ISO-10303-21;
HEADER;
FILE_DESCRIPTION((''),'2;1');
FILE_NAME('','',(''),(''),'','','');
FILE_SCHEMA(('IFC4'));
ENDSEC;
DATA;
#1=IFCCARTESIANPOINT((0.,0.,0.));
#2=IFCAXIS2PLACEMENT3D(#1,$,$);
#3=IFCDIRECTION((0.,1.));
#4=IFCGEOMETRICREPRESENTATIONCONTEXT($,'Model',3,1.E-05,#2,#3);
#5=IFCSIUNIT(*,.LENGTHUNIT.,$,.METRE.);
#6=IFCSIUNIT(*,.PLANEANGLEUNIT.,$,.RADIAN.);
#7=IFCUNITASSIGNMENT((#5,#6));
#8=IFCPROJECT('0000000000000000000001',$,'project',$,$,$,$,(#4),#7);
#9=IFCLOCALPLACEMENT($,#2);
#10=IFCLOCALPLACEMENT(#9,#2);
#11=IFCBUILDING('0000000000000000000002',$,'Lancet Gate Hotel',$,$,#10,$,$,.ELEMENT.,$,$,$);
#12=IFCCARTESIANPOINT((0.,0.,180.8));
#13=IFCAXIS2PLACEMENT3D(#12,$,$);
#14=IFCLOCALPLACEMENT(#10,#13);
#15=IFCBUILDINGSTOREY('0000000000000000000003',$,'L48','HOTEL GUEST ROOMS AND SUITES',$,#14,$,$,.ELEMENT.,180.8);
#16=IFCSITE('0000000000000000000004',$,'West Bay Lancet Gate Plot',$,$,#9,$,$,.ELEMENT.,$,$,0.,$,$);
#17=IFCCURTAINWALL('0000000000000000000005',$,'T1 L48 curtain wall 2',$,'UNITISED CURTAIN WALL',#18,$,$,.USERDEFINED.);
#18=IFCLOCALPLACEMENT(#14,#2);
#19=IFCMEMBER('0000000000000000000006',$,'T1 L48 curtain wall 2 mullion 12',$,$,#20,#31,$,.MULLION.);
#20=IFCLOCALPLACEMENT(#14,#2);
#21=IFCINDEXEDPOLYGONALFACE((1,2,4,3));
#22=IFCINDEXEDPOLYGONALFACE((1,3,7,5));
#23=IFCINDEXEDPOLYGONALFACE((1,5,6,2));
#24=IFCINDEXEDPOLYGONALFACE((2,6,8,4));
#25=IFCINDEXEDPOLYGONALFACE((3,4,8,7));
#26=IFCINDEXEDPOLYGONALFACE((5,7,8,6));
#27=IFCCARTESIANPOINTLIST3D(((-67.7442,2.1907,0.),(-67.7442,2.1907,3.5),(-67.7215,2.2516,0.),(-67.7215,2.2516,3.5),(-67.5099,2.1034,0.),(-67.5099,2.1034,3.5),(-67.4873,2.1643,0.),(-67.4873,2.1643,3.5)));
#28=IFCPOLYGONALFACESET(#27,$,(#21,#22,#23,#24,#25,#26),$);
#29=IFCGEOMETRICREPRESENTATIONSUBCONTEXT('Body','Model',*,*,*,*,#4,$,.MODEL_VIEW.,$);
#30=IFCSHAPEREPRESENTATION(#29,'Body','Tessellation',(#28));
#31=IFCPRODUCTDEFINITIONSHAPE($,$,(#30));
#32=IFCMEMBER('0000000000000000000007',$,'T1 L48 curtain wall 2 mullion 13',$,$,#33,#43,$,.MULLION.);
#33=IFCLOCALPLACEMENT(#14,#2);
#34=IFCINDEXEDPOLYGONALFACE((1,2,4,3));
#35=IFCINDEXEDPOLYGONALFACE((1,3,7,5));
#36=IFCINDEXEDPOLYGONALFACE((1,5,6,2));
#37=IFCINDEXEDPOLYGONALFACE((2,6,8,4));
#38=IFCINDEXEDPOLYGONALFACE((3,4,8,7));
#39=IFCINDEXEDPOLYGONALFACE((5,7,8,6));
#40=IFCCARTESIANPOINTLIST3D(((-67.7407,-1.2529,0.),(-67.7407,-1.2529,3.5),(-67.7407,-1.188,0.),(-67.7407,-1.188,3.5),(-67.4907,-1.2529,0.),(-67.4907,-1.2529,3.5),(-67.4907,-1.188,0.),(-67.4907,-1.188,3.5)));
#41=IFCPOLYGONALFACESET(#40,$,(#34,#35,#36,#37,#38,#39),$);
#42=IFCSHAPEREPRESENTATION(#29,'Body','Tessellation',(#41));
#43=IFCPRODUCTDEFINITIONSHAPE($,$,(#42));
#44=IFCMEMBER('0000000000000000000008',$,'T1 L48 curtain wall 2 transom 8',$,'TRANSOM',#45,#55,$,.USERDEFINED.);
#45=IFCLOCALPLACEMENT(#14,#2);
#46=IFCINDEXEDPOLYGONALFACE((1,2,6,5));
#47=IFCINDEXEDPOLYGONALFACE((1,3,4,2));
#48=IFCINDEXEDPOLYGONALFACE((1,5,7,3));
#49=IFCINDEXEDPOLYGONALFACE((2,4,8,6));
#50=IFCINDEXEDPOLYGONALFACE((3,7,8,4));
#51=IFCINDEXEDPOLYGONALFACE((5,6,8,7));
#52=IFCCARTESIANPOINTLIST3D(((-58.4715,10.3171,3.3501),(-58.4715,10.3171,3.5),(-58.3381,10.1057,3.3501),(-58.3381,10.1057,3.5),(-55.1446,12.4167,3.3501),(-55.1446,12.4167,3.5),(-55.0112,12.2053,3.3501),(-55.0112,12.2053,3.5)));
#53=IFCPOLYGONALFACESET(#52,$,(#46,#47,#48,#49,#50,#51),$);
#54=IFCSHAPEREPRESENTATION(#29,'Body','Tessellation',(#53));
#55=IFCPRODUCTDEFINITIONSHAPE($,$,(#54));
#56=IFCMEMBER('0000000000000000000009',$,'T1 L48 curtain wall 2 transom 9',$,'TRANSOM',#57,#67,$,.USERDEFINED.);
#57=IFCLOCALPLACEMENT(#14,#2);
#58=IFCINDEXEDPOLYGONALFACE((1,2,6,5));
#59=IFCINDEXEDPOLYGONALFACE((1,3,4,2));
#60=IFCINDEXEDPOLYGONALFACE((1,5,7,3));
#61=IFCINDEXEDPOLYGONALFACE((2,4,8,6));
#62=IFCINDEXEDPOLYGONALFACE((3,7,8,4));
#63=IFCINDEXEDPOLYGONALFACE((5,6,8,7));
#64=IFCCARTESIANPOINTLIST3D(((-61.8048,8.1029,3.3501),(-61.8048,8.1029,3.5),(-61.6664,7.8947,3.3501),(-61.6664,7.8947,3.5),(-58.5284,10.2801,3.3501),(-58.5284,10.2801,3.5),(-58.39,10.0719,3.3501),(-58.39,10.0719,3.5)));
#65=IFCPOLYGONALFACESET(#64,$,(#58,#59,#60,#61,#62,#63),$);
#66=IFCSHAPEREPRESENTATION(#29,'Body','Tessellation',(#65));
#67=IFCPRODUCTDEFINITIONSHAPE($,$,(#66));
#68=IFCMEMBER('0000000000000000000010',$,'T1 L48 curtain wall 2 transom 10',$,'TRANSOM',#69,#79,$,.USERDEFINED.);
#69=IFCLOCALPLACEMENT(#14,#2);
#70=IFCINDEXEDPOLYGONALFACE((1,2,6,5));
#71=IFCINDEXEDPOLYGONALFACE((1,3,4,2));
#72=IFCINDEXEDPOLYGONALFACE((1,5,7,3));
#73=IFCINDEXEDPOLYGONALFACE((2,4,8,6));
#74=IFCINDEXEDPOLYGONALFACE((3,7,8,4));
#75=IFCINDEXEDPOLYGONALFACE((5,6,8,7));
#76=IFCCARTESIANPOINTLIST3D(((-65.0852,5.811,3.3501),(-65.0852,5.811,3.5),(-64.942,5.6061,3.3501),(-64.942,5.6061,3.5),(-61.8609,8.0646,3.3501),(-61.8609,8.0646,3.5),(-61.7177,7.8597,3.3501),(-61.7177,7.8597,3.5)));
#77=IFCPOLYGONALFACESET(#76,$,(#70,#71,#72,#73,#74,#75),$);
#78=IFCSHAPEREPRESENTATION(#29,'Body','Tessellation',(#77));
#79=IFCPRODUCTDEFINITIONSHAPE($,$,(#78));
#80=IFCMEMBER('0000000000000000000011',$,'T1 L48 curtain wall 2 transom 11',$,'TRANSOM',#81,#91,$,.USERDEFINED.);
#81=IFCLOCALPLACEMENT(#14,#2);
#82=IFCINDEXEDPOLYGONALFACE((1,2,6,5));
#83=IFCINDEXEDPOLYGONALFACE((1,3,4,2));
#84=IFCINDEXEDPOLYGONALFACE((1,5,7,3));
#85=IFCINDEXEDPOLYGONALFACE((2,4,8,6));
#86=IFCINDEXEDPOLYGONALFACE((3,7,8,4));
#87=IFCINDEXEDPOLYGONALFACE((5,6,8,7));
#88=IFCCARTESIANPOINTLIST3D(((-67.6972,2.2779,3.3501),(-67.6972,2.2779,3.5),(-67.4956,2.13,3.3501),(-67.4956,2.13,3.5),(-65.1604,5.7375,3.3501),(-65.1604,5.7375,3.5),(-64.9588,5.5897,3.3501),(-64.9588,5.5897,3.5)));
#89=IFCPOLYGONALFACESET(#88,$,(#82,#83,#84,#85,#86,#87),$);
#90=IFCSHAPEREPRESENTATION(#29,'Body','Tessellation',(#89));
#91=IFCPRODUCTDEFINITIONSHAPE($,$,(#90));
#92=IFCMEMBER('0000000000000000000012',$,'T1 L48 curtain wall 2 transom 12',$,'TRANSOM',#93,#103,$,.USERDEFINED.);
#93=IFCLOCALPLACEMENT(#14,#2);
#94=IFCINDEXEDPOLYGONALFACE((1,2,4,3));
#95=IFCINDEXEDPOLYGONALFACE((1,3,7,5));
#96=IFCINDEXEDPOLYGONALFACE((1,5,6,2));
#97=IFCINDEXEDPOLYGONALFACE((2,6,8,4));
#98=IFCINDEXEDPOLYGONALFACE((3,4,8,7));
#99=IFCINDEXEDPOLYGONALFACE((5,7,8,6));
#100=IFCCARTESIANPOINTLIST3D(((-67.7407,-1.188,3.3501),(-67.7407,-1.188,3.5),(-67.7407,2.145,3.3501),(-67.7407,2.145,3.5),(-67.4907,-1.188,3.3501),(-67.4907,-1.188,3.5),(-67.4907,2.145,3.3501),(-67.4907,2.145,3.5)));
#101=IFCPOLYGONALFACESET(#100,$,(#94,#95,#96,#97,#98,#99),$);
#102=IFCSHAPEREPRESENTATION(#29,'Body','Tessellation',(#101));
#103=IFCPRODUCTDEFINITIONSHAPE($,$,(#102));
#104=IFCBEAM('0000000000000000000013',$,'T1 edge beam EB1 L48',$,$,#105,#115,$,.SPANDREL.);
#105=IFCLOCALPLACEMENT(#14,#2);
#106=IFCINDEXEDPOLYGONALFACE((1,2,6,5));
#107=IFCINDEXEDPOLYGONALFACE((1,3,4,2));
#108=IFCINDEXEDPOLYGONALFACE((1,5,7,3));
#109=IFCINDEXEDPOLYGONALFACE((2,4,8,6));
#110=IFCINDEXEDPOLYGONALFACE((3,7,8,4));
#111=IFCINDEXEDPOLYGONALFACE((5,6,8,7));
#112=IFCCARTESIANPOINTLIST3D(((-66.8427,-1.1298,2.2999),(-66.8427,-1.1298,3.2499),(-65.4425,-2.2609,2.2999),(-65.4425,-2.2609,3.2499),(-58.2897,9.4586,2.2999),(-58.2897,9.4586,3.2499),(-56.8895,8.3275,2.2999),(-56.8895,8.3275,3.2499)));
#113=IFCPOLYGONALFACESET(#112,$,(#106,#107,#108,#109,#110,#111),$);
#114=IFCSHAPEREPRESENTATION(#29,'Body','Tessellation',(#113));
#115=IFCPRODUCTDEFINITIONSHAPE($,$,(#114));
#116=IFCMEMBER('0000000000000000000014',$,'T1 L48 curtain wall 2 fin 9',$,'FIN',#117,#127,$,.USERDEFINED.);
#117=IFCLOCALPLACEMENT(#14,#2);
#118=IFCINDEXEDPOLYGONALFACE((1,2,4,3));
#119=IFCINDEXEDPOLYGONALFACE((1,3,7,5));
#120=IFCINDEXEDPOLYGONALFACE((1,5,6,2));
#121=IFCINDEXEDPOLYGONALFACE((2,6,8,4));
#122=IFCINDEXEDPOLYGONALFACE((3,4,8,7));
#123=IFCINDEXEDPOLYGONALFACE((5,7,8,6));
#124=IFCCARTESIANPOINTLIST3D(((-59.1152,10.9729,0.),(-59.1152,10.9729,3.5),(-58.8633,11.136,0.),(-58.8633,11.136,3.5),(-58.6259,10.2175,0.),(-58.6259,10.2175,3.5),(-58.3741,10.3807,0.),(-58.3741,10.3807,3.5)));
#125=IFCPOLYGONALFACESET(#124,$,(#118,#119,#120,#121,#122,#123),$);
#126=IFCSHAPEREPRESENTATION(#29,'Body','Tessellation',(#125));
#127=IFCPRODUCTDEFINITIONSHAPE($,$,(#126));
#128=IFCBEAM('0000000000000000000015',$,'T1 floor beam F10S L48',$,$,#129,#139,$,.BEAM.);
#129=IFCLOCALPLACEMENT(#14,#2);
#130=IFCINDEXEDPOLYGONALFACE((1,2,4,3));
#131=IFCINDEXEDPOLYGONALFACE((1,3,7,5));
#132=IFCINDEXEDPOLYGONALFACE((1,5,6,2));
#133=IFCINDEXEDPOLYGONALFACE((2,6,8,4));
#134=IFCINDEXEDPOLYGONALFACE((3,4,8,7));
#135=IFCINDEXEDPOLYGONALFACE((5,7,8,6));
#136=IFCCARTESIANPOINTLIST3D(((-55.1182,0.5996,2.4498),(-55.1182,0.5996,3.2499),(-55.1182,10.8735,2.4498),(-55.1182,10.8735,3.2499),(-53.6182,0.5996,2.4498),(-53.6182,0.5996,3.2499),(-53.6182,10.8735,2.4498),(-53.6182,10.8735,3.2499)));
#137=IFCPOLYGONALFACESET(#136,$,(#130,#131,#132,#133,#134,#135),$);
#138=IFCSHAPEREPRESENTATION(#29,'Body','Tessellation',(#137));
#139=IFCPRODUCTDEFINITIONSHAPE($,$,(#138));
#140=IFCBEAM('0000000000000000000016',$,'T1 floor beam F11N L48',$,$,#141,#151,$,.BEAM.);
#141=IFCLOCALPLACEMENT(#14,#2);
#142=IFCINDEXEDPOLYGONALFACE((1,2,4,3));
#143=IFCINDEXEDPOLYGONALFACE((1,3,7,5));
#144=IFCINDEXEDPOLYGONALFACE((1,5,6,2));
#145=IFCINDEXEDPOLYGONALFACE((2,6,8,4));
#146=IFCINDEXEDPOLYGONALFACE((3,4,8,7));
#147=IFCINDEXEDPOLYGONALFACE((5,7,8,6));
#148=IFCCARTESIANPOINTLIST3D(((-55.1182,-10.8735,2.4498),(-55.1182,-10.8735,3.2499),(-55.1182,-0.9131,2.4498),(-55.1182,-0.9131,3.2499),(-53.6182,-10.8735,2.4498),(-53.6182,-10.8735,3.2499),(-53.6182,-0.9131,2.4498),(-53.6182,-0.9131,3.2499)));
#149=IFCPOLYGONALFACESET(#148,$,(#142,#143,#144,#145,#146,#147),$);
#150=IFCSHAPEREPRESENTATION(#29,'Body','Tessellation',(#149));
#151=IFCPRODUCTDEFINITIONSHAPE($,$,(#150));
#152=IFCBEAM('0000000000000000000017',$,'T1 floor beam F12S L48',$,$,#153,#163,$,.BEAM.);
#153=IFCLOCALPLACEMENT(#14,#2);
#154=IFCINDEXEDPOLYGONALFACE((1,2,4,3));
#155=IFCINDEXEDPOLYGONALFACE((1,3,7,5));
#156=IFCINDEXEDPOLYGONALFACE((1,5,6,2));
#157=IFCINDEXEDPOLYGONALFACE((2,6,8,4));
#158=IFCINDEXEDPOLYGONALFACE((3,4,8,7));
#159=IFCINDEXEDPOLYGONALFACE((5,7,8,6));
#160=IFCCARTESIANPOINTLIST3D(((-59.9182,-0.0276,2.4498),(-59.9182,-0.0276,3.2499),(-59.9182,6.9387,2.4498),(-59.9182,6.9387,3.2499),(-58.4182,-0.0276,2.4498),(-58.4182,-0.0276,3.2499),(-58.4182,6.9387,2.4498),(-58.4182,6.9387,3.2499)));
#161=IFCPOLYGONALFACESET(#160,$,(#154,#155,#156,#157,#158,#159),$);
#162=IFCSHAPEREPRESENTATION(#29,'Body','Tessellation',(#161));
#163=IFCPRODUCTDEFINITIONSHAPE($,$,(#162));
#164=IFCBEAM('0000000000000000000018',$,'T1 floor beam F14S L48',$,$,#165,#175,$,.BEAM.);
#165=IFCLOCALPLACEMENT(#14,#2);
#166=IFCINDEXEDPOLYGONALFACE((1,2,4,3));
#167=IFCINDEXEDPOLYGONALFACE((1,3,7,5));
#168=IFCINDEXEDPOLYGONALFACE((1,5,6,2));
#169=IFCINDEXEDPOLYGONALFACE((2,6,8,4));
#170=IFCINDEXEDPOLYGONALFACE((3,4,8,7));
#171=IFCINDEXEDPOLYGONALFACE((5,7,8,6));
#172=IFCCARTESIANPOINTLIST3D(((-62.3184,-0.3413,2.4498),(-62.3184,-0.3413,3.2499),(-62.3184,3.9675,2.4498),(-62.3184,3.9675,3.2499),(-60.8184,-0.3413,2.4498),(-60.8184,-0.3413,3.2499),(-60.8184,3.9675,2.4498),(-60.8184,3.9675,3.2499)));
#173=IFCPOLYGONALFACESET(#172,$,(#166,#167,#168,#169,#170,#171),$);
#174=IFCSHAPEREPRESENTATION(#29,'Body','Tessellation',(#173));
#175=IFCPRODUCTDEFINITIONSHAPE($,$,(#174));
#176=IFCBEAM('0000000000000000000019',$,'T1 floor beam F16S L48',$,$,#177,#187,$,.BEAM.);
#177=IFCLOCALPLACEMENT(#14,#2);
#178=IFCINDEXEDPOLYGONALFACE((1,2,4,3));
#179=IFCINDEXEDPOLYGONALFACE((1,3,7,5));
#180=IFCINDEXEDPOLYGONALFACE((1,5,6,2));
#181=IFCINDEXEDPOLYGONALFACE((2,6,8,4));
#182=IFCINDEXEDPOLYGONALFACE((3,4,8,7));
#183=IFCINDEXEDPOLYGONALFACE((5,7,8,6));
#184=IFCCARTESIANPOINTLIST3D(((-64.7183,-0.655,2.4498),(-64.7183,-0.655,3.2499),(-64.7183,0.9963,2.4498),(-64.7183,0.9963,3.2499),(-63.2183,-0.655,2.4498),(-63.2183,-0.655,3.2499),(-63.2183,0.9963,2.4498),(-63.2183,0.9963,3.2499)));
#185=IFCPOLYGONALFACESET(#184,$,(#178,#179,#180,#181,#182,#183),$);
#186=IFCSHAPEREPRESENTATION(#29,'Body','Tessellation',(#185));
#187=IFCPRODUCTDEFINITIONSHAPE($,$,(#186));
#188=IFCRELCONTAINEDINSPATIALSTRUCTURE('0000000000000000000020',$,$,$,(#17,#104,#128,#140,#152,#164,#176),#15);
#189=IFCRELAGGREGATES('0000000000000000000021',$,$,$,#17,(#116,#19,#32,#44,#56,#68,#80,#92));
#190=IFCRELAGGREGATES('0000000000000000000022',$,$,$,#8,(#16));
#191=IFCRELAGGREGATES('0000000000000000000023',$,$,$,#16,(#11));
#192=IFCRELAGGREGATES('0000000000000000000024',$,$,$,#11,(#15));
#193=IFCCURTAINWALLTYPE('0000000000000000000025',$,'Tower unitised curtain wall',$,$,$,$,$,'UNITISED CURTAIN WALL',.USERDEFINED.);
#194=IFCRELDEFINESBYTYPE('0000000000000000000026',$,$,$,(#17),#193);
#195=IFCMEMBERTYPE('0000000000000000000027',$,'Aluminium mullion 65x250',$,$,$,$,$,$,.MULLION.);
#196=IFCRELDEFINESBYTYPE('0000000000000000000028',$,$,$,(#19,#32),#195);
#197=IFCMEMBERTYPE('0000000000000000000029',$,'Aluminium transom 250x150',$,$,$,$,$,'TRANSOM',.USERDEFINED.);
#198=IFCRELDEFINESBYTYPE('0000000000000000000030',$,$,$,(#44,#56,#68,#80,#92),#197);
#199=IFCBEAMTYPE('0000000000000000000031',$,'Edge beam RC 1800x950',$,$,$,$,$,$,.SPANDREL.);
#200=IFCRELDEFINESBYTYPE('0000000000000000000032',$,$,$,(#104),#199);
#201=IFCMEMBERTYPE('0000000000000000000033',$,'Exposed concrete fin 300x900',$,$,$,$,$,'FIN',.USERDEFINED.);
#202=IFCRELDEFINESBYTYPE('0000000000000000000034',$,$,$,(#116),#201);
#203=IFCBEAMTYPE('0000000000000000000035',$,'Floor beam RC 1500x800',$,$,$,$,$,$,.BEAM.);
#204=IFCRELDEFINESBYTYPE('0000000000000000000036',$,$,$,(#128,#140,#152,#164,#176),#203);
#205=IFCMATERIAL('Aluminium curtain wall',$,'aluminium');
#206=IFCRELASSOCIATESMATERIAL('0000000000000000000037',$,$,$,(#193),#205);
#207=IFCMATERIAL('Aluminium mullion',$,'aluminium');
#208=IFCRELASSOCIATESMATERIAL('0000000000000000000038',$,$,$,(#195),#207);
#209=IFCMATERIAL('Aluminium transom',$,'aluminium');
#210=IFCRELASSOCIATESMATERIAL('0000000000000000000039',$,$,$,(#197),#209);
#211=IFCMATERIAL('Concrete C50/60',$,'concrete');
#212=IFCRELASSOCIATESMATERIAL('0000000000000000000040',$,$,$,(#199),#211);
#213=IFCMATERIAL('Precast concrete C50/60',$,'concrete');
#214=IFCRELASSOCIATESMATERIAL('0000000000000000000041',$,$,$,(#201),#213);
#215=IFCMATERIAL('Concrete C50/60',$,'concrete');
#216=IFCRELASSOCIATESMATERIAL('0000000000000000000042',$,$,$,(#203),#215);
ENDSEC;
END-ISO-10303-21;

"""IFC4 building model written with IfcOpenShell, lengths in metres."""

from ifc_helpers import new_model, si_unit, direction, frame, origin, origin_2d, place, context, subcontext, project, spatial, rectangle, extrude, material, material_profile, profile_set, type_object, element, aggregate, save


model = new_model("IFC4")

# Units and contexts
model_context = context("Model", 3, precision=1e-05, world=origin(), true_north=direction((0.0, 1.0)))
body_context = subcontext(model_context, "Body", "Model", "MODEL_VIEW")
ifc_project = project(units=[si_unit("LENGTHUNIT", "METRE"), si_unit("PLANEANGLEUNIT", "RADIAN")], contexts=[model_context])

# Site, building, storey
site_placement = place(None, origin())
site = spatial("IfcSite", under=ifc_project, at=site_placement, Name="West Bay Lancet Gate Plot", CompositionType="ELEMENT", RefElevation=0.0)
building_placement = place(site_placement, origin())
building = spatial("IfcBuilding", under=site, at=building_placement, Name="Lancet Gate Hotel", CompositionType="ELEMENT")
storey_placement = place(building_placement, frame((0.0, 0.0, 180.8)))
storey = spatial("IfcBuildingStorey", under=building, at=storey_placement, Name="L48", Description="HOTEL GUEST ROOMS AND SUITES", CompositionType="ELEMENT", Elevation=180.8)

# Curtain wall, members
ifc_material_1 = material(Name="Aluminium curtain wall", Category="aluminium")
curtain_wall_type = type_object("IfcCurtainWallType", Name="Tower unitised curtain wall", ElementType="UNITISED CURTAIN WALL", PredefinedType="USERDEFINED", material=ifc_material_1)
curtain_wall_placement = place(storey_placement, origin())
curtain_wall = element("IfcCurtainWall", 1, at=curtain_wall_placement, inside=storey, type_object=curtain_wall_type, Name="T1 L48 curtain wall 2", ObjectType="UNITISED CURTAIN WALL", PredefinedType="USERDEFINED")
ifc_material_2 = material(Name="Aluminium mullion", Category="aluminium")
ifc_material_profile_1 = material_profile(ifc_material_2, rectangle(XDim=0.0649, YDim=0.25, at=origin_2d()), Name="MULLION 65x250")
ifc_profile_set_1 = profile_set([ifc_material_profile_1], Name="Aluminium mullion")
member_type_1 = type_object("IfcMemberType", Name="Aluminium mullion 65x250", PredefinedType="MULLION", material=ifc_profile_set_1)
member_1_placement = place(storey_placement, frame((-67.6157, 2.1775, 0.0), z_axis=(0.0, 0.0, 1.0), x_axis=(-0.349199, -0.937048, 0.0)))
member_1 = element("IfcMember", 2, at=member_1_placement, type_object=member_type_1, Name="T1 L48 curtain wall 2 mullion 12", PredefinedType="MULLION", context=body_context, shape_type="SweptSolid", body=[
    extrude(rectangle(XDim=0.0649, YDim=0.25, at=origin_2d()), origin(), (0.0, 0.0, 1.0), 3.5),
])
member_2_placement = place(storey_placement, frame((-67.6157, -1.2205, 0.0), z_axis=(0.0, 0.0, 1.0), x_axis=(0.0, -1.0, 0.0)))
member_2 = element("IfcMember", 3, at=member_2_placement, type_object=member_type_1, Name="T1 L48 curtain wall 2 mullion 13", PredefinedType="MULLION", context=body_context, shape_type="SweptSolid", body=[
    extrude(rectangle(XDim=0.0649, YDim=0.25, at=origin_2d()), origin(), (0.0, 0.0, 1.0), 3.5),
])
ifc_material_3 = material(Name="Aluminium transom", Category="aluminium")
ifc_material_profile_2 = material_profile(ifc_material_3, rectangle(XDim=0.25, YDim=0.1499, at=origin_2d()), Name="TRANSOM 250x150")
ifc_profile_set_2 = profile_set([ifc_material_profile_2], Name="Aluminium transom")
member_type_2 = type_object("IfcMemberType", Name="Aluminium transom 250x150", ElementType="TRANSOM", PredefinedType="USERDEFINED", material=ifc_profile_set_2)
member_3_placement = place(storey_placement, frame((-55.0779, 12.311, 3.425), z_axis=(-0.845672, -0.533703, 0.0), x_axis=(0.533703, -0.845672, 0.0)))
member_3 = element("IfcMember", 4, at=member_3_placement, type_object=member_type_2, Name="T1 L48 curtain wall 2 transom 8", ObjectType="TRANSOM", PredefinedType="USERDEFINED", context=body_context, shape_type="SweptSolid", body=[
    extrude(rectangle(XDim=0.25, YDim=0.1499, at=origin_2d()), origin(), (0.0, 0.0, 1.0), 3.9341),
])
member_4_placement = place(storey_placement, frame((-58.4592, 10.176, 3.425), z_axis=(-0.832871, -0.553468, 0.0), x_axis=(0.553468, -0.832871, 0.0)))
member_4 = element("IfcMember", 5, at=member_4_placement, type_object=member_type_2, Name="T1 L48 curtain wall 2 transom 9", ObjectType="TRANSOM", PredefinedType="USERDEFINED", context=body_context, shape_type="SweptSolid", body=[
    extrude(rectangle(XDim=0.25, YDim=0.1499, at=origin_2d()), origin(), (0.0, 0.0, 1.0), 3.9338),
])
member_5_placement = place(storey_placement, frame((-61.7893, 7.9622, 3.425), z_axis=(-0.819637, -0.572883, 0.0), x_axis=(0.572883, -0.819637, 0.0)))
member_5 = element("IfcMember", 6, at=member_5_placement, type_object=member_type_2, Name="T1 L48 curtain wall 2 transom 10", ObjectType="TRANSOM", PredefinedType="USERDEFINED", context=body_context, shape_type="SweptSolid", body=[
    extrude(rectangle(XDim=0.25, YDim=0.1499, at=origin_2d()), origin(), (0.0, 0.0, 1.0), 3.9338),
])
member_6_placement = place(storey_placement, frame((-65.0596, 5.6636, 3.425), z_axis=(-0.591324, -0.806434, 0.0), x_axis=(0.806434, -0.591324, 0.0)))
member_6 = element("IfcMember", 7, at=member_6_placement, type_object=member_type_2, Name="T1 L48 curtain wall 2 transom 11", ObjectType="TRANSOM", PredefinedType="USERDEFINED", context=body_context, shape_type="SweptSolid", body=[
    extrude(rectangle(XDim=0.25, YDim=0.1499, at=origin_2d()), origin(), (0.0, 0.0, 1.0), 4.29),
])
member_7_placement = place(storey_placement, frame((-67.6157, 2.145, 3.425), z_axis=(0.0, -1.0, 0.0), x_axis=(1.0, 0.0, 0.0)))
member_7 = element("IfcMember", 8, at=member_7_placement, type_object=member_type_2, Name="T1 L48 curtain wall 2 transom 12", ObjectType="TRANSOM", PredefinedType="USERDEFINED", context=body_context, shape_type="SweptSolid", body=[
    extrude(rectangle(XDim=0.25, YDim=0.1499, at=origin_2d()), origin(), (0.0, 0.0, 1.0), 3.333),
])

# Beam
ifc_material_4 = material(Name="Concrete C50/60", Category="concrete")
ifc_material_profile_3 = material_profile(ifc_material_4, rectangle(XDim=1.8, YDim=0.95, at=origin_2d()), Name="RC 1800x950")
ifc_profile_set_3 = profile_set([ifc_material_profile_3], Name="Concrete C50/60")
beam_type_1 = type_object("IfcBeamType", Name="Edge beam RC 1800x950", PredefinedType="SPANDREL", material=ifc_profile_set_3)
beam_1_placement = place(storey_placement, frame((-57.5896, 8.8931, 2.7749), z_axis=(-0.628374, -0.777912, 0.0), x_axis=(0.777912, -0.628374, 0.0)))
element("IfcBeam", 9, at=beam_1_placement, inside=storey, type_object=beam_type_1, Name="T1 edge beam EB1 L48", PredefinedType="SPANDREL", context=body_context, shape_type="SweptSolid", body=[
    extrude(rectangle(XDim=1.8, YDim=0.95, at=origin_2d()), origin(), (0.0, 0.0, 1.0), 13.6113),
])

# Member
ifc_material_5 = material(Name="Precast concrete C50/60", Category="concrete")
ifc_material_profile_4 = material_profile(ifc_material_5, rectangle(XDim=0.3, YDim=0.8999, at=origin_2d()), Name="FIN 300x900")
ifc_profile_set_4 = profile_set([ifc_material_profile_4], Name="Precast concrete C50/60")
member_type_3 = type_object("IfcMemberType", Name="Exposed concrete fin 300x900", ElementType="FIN", PredefinedType="USERDEFINED", material=ifc_profile_set_4)
member_8_placement = place(storey_placement, frame((-58.7446, 10.6768, 0.0), z_axis=(0.0, 0.0, 1.0), x_axis=(-0.839331, -0.543621, 0.0)))
member_8 = element("IfcMember", 10, at=member_8_placement, type_object=member_type_3, Name="T1 L48 curtain wall 2 fin 9", ObjectType="FIN", PredefinedType="USERDEFINED", context=body_context, shape_type="SweptSolid", body=[
    extrude(rectangle(XDim=0.3, YDim=0.8999, at=origin_2d()), origin(), (0.0, 0.0, 1.0), 3.5),
])

# Beams
ifc_material_6 = material(Name="Concrete C50/60", Category="concrete")
ifc_material_profile_5 = material_profile(ifc_material_6, rectangle(XDim=1.5, YDim=0.8, at=origin_2d()), Name="RC 1500x800")
ifc_profile_set_5 = profile_set([ifc_material_profile_5], Name="Concrete C50/60")
beam_type_2 = type_object("IfcBeamType", Name="Floor beam RC 1500x800", PredefinedType="BEAM", material=ifc_profile_set_5)
beam_2_placement = place(storey_placement, frame((-54.3682, 10.8735, 2.8499), z_axis=(0.0, -1.0, 0.0), x_axis=(1.0, 0.0, 0.0)))
element("IfcBeam", 11, at=beam_2_placement, inside=storey, type_object=beam_type_2, Name="T1 floor beam F10S L48", PredefinedType="BEAM", context=body_context, shape_type="SweptSolid", body=[
    extrude(rectangle(XDim=1.5, YDim=0.8, at=origin_2d()), origin(), (0.0, 0.0, 1.0), 10.2739),
])
beam_3_placement = place(storey_placement, frame((-54.3682, -0.9131, 2.8499), z_axis=(0.0, -1.0, 0.0), x_axis=(1.0, 0.0, 0.0)))
element("IfcBeam", 12, at=beam_3_placement, inside=storey, type_object=beam_type_2, Name="T1 floor beam F11N L48", PredefinedType="BEAM", context=body_context, shape_type="SweptSolid", body=[
    extrude(rectangle(XDim=1.5, YDim=0.8, at=origin_2d()), origin(), (0.0, 0.0, 1.0), 9.9604),
])
beam_4_placement = place(storey_placement, frame((-59.1682, 6.9387, 2.8499), z_axis=(0.0, -1.0, 0.0), x_axis=(1.0, 0.0, 0.0)))
element("IfcBeam", 13, at=beam_4_placement, inside=storey, type_object=beam_type_2, Name="T1 floor beam F12S L48", PredefinedType="BEAM", context=body_context, shape_type="SweptSolid", body=[
    extrude(rectangle(XDim=1.5, YDim=0.8, at=origin_2d()), origin(), (0.0, 0.0, 1.0), 6.9663),
])
beam_5_placement = place(storey_placement, frame((-61.5684, 3.9675, 2.8499), z_axis=(0.0, -1.0, 0.0), x_axis=(1.0, 0.0, 0.0)))
element("IfcBeam", 14, at=beam_5_placement, inside=storey, type_object=beam_type_2, Name="T1 floor beam F14S L48", PredefinedType="BEAM", context=body_context, shape_type="SweptSolid", body=[
    extrude(rectangle(XDim=1.5, YDim=0.8, at=origin_2d()), origin(), (0.0, 0.0, 1.0), 4.3088),
])
beam_6_placement = place(storey_placement, frame((-63.9683, 0.9963, 2.8499), z_axis=(0.0, -1.0, 0.0), x_axis=(1.0, 0.0, 0.0)))
element("IfcBeam", 15, at=beam_6_placement, inside=storey, type_object=beam_type_2, Name="T1 floor beam F16S L48", PredefinedType="BEAM", context=body_context, shape_type="SweptSolid", body=[
    extrude(rectangle(XDim=1.5, YDim=0.8, at=origin_2d()), origin(), (0.0, 0.0, 1.0), 1.6514),
])

aggregate(curtain_wall, [member_8, member_1, member_2, member_3, member_4, member_5, member_6, member_7])

save(model, "model.ifc")
